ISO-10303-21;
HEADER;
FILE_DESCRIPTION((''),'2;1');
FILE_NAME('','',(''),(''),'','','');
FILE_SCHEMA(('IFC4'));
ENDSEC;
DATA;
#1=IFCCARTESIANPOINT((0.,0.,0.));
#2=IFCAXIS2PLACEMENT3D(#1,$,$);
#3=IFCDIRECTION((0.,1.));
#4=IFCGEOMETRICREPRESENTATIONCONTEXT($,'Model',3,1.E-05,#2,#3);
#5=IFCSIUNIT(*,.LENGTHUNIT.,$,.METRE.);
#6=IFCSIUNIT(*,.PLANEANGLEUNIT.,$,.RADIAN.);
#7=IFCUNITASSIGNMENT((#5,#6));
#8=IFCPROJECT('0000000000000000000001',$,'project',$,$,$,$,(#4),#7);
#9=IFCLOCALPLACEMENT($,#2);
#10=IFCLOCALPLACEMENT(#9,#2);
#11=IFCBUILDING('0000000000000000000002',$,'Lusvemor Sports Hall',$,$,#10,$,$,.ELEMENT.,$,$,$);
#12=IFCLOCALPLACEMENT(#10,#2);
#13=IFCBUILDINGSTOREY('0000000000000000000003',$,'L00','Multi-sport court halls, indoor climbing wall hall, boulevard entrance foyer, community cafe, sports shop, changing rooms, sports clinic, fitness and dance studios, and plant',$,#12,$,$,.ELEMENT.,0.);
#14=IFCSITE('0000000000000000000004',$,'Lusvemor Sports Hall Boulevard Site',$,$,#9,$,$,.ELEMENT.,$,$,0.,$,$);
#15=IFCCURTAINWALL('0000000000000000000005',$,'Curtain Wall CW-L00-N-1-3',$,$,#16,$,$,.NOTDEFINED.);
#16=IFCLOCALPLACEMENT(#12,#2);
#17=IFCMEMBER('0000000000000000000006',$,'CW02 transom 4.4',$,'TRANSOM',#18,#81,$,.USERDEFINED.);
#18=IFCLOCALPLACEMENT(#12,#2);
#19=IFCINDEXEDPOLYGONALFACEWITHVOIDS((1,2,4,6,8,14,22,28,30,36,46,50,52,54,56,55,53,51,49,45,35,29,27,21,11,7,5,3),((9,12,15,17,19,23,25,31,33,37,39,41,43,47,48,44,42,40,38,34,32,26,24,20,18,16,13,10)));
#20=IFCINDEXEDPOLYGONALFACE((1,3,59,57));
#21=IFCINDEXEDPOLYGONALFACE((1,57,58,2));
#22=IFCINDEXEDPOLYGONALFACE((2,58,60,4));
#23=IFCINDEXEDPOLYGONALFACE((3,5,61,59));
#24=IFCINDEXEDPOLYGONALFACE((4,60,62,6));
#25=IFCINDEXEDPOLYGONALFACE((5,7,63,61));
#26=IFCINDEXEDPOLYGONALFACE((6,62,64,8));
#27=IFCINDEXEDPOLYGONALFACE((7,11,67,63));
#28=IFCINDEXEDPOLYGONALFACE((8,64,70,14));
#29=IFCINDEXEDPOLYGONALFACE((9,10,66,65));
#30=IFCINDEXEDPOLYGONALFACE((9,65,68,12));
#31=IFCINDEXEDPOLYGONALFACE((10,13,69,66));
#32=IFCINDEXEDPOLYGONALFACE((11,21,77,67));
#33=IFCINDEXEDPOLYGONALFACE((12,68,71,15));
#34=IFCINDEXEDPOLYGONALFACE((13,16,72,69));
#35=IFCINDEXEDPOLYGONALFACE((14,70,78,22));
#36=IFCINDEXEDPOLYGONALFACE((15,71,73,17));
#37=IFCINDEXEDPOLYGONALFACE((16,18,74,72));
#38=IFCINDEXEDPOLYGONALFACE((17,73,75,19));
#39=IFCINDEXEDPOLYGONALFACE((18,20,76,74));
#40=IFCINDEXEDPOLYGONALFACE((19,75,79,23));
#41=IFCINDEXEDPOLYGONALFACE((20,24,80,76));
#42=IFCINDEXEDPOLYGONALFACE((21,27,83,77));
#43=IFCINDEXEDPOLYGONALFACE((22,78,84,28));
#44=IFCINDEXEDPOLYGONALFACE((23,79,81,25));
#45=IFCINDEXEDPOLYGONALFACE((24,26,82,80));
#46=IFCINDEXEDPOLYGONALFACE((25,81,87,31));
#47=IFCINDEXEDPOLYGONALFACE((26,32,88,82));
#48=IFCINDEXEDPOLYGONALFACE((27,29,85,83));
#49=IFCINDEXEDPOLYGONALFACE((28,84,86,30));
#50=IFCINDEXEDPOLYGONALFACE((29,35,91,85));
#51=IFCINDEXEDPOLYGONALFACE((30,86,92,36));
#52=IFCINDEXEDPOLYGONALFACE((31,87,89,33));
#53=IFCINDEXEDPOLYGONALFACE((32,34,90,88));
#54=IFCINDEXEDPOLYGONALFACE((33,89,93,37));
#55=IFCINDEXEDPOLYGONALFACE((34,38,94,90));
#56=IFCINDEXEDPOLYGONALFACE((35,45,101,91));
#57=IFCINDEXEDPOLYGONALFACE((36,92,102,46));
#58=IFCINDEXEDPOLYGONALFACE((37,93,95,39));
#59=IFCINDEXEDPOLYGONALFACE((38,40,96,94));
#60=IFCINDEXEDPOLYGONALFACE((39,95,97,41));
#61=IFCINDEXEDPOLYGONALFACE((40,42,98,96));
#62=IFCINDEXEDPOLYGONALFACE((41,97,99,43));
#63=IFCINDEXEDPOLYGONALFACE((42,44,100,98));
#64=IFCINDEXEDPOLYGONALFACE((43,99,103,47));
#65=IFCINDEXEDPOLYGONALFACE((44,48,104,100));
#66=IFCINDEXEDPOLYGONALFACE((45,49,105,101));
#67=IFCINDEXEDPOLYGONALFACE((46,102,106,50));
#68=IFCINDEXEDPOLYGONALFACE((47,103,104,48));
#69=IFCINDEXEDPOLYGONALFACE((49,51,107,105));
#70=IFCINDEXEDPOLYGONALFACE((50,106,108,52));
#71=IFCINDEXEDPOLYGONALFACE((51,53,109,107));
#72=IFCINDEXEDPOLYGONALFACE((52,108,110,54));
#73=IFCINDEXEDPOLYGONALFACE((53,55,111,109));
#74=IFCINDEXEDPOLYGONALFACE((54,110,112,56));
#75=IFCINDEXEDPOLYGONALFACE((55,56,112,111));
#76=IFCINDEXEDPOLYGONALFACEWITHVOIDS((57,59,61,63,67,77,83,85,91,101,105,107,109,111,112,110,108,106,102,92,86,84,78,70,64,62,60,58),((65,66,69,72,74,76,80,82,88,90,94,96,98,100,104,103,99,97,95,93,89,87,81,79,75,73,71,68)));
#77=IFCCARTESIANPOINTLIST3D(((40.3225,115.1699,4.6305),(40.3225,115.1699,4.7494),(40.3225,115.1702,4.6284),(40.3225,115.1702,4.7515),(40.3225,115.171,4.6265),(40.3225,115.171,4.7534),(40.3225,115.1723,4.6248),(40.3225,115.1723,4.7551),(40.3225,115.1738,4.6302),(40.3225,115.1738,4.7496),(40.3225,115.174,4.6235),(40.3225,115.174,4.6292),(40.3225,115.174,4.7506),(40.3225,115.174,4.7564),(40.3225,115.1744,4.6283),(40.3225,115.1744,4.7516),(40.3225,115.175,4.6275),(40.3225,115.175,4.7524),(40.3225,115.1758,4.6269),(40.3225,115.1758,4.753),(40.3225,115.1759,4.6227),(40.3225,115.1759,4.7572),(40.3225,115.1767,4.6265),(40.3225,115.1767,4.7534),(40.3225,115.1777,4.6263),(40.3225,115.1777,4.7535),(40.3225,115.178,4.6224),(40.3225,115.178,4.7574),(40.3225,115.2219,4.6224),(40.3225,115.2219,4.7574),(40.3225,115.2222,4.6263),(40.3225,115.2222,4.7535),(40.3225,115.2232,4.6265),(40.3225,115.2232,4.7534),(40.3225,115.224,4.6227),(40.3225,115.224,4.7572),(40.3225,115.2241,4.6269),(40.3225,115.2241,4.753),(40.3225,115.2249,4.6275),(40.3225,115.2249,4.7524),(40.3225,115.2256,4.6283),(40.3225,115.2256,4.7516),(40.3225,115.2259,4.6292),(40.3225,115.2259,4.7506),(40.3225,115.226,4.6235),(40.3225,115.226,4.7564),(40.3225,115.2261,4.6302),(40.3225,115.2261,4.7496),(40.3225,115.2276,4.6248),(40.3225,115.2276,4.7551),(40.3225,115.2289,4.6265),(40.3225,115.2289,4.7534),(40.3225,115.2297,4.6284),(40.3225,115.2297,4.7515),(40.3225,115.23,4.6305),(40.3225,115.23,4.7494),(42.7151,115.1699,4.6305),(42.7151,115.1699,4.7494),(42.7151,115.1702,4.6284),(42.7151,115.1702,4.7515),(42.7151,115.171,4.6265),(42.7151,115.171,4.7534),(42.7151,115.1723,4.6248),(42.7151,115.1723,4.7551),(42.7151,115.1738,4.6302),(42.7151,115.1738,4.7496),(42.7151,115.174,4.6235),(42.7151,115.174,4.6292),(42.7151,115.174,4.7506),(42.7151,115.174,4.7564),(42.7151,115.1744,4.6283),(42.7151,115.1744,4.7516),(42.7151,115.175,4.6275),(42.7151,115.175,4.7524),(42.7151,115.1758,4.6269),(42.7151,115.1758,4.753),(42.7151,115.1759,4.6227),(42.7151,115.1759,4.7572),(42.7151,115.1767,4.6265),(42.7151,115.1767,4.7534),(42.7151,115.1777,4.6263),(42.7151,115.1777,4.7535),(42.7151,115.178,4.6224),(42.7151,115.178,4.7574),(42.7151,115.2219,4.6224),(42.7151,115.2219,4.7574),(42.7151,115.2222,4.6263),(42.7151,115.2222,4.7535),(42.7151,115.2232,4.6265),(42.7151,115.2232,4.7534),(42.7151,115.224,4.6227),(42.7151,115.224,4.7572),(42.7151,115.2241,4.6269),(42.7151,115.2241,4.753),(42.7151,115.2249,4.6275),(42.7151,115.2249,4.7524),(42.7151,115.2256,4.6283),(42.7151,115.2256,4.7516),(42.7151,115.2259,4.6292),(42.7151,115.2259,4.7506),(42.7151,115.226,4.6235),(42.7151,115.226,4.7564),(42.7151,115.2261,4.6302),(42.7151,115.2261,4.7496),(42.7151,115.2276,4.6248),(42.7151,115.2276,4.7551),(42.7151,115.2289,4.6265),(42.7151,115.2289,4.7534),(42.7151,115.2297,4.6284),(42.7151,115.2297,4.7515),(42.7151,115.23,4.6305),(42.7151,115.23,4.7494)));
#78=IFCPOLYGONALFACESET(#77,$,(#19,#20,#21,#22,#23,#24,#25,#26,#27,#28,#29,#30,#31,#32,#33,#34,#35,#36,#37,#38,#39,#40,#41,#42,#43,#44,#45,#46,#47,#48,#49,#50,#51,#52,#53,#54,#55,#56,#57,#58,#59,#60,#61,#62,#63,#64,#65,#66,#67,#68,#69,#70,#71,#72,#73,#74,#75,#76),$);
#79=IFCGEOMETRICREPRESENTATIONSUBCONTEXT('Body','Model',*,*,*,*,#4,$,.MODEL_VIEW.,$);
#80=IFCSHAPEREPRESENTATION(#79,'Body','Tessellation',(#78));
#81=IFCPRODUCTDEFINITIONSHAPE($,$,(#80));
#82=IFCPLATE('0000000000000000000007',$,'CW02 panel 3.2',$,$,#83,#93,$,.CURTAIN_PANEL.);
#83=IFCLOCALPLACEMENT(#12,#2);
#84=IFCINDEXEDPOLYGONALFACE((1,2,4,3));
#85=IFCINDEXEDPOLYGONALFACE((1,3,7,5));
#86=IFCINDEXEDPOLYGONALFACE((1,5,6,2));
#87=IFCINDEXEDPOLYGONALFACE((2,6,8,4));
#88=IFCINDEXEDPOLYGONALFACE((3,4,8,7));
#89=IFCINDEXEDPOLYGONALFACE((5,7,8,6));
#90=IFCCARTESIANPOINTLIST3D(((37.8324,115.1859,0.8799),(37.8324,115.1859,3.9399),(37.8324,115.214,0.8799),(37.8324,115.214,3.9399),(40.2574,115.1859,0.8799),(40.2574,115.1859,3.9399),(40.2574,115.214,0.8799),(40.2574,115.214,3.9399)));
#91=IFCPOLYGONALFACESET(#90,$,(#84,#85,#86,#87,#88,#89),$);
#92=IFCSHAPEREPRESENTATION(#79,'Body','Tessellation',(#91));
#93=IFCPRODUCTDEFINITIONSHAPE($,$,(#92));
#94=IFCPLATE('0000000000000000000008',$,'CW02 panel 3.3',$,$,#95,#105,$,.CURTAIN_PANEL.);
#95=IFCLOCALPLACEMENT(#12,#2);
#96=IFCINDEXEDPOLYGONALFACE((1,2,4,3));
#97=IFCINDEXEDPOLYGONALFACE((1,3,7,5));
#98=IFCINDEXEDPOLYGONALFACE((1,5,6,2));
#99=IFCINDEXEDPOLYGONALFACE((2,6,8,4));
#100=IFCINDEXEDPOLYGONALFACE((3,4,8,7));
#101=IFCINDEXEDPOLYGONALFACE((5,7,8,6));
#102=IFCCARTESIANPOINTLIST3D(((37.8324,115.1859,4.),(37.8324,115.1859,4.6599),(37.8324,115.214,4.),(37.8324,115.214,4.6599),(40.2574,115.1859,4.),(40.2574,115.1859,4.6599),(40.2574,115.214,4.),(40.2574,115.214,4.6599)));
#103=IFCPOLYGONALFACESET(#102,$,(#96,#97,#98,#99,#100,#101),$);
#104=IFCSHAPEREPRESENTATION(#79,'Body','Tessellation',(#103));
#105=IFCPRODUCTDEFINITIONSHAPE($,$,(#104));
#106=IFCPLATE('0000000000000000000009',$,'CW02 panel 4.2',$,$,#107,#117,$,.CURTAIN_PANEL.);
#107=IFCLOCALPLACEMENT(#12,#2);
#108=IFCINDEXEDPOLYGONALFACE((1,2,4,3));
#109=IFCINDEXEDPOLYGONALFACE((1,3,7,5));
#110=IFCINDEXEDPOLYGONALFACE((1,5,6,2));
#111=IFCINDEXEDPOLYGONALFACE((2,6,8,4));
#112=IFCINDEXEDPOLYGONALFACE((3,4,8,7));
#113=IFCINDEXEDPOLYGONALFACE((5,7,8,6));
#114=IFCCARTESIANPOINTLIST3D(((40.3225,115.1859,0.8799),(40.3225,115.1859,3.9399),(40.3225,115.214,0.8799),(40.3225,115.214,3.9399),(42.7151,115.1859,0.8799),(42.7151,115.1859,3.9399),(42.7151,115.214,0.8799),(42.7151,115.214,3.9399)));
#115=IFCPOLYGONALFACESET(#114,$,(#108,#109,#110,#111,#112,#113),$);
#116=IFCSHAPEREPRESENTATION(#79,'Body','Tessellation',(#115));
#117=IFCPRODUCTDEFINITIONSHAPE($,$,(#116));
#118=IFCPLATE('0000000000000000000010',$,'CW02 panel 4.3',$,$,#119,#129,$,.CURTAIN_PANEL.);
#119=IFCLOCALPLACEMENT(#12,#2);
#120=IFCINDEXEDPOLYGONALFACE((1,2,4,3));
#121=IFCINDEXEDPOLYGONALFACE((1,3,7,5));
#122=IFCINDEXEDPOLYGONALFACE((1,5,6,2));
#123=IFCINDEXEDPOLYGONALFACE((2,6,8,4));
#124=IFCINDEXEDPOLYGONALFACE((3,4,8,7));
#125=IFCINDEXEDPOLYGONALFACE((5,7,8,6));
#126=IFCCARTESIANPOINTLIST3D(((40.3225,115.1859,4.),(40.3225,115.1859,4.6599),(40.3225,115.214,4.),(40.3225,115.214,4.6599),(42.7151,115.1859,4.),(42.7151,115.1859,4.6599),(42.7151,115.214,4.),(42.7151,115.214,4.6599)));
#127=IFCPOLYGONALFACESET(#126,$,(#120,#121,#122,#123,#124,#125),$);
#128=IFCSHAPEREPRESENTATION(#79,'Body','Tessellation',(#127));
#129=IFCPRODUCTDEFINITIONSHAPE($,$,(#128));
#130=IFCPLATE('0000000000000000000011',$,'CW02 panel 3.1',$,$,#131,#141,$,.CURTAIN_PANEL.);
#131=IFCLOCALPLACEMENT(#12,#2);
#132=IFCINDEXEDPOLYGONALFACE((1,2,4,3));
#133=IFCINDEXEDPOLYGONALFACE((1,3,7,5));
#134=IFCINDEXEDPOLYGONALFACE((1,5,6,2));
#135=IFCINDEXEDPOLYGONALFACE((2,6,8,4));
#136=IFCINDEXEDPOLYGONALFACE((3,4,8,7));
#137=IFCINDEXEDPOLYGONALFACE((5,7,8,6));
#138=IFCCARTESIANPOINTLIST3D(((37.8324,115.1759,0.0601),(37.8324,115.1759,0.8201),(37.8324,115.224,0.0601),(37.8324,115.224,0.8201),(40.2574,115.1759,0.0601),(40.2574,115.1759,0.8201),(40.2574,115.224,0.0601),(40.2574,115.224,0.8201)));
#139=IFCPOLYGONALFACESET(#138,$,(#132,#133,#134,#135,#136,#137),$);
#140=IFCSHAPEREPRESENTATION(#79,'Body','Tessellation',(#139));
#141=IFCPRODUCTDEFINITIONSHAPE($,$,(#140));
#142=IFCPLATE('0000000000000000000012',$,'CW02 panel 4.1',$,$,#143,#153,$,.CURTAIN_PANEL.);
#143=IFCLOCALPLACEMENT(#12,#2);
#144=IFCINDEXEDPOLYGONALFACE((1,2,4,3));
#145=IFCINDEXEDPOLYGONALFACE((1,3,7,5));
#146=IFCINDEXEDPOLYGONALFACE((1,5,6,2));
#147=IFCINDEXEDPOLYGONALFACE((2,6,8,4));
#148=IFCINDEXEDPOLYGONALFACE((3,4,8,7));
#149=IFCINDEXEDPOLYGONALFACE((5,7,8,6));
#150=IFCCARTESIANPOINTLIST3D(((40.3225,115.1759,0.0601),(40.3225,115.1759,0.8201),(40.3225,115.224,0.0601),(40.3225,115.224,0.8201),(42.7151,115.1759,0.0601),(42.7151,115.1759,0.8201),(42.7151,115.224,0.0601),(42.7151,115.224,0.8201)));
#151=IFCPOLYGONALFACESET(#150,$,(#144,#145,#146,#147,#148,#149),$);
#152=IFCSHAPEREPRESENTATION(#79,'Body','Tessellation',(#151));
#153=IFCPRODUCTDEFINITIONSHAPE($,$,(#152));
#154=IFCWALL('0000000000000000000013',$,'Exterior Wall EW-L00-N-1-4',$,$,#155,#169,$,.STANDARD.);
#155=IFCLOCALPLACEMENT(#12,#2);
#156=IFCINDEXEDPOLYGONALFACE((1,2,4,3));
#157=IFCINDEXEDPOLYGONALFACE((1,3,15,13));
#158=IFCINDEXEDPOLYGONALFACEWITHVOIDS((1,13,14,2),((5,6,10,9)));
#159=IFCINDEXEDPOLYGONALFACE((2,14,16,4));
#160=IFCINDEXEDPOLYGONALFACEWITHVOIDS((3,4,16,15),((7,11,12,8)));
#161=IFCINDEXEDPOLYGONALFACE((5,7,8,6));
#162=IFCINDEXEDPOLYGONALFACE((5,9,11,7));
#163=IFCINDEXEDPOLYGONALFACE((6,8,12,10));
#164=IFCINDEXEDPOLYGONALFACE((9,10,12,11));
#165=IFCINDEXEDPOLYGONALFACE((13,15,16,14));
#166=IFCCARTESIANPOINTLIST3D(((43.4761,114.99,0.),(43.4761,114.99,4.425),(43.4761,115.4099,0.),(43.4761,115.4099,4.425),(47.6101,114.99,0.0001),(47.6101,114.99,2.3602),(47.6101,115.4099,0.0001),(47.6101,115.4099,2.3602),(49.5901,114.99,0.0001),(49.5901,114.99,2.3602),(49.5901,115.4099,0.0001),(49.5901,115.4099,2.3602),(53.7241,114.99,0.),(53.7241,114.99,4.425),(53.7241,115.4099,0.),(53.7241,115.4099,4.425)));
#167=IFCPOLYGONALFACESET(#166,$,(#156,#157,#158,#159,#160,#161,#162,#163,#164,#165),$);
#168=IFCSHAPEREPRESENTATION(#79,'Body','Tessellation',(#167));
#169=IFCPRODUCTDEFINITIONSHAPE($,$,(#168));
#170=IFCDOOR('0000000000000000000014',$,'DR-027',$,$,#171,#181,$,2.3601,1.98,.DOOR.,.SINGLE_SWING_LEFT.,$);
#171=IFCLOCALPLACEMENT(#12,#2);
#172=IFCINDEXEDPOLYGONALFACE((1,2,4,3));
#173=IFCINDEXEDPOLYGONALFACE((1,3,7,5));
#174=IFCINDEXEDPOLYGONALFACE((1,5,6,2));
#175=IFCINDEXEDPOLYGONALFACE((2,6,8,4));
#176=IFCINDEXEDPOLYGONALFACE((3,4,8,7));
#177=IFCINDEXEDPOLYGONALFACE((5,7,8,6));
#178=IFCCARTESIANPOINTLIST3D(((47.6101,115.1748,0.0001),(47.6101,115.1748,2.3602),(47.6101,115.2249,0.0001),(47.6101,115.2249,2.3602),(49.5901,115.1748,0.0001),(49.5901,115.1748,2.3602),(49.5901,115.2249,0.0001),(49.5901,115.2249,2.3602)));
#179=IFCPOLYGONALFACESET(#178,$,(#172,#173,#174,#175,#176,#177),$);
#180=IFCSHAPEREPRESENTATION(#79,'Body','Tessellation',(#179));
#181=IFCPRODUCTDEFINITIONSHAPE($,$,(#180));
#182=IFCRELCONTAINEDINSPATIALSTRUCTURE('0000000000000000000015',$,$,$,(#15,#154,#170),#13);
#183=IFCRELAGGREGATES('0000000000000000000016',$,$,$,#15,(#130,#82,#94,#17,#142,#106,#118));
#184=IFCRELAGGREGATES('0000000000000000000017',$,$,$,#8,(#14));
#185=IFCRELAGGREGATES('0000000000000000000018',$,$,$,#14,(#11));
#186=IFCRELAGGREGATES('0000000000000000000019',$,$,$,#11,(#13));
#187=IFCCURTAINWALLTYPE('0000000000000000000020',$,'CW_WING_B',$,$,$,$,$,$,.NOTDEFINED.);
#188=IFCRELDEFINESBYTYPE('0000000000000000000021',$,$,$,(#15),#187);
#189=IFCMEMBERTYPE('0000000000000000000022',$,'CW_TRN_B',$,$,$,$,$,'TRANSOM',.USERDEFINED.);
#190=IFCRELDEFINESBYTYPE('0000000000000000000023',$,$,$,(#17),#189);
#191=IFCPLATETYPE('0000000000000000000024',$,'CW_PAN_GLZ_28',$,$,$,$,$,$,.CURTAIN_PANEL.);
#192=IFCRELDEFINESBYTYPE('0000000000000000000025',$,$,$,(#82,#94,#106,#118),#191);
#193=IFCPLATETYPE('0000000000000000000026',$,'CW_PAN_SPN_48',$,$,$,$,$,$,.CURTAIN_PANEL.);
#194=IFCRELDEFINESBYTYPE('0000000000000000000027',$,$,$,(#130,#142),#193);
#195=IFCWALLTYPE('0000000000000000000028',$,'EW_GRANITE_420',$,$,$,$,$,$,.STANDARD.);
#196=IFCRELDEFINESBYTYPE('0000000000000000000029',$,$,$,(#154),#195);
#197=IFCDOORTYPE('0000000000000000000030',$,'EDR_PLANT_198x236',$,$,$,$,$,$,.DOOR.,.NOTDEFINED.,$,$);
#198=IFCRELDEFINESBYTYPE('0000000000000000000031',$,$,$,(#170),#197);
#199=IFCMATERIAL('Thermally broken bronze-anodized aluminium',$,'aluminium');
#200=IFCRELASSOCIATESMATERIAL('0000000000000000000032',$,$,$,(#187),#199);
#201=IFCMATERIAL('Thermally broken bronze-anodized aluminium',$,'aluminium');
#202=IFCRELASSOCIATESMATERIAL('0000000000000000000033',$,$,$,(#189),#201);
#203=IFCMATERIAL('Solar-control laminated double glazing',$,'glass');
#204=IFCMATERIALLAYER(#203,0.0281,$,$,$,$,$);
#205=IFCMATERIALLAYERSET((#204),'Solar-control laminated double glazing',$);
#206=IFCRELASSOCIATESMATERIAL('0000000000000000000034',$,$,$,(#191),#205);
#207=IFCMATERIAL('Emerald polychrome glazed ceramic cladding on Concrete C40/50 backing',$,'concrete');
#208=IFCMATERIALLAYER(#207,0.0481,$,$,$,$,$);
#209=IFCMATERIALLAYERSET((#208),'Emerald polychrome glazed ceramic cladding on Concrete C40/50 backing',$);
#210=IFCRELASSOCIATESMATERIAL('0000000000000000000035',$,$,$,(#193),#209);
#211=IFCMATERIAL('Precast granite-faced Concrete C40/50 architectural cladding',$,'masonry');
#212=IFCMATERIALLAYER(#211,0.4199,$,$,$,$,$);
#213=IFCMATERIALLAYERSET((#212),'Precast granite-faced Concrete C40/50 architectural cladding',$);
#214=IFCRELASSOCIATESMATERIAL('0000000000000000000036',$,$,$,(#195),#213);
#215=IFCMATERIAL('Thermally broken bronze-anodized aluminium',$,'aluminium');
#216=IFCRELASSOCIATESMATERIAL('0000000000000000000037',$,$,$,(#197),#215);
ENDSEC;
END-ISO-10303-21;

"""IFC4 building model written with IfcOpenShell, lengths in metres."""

from ifc_helpers import new_model, si_unit, direction, frame, frame_2d, origin, origin_2d, place, context, subcontext, project, spatial, rectangle, hollow_rectangle, extrude, material, layer, layer_set, material_profile, profile_set, type_object, element, fill, aggregate, save


model = new_model("IFC4")

# Units and contexts
model_context = context("Model", 3, precision=1e-05, world=origin(), true_north=direction((0.0, 1.0)))
body_context = subcontext(model_context, "Body", "Model", "MODEL_VIEW")
ifc_project = project(units=[si_unit("LENGTHUNIT", "METRE"), si_unit("PLANEANGLEUNIT", "RADIAN")], contexts=[model_context])

# Site, building, storey
site_placement = place(None, origin())
site = spatial("IfcSite", under=ifc_project, at=site_placement, Name="Lusvemor Sports Hall Boulevard Site", CompositionType="ELEMENT", RefElevation=0.0)
building_placement = place(site_placement, origin())
building = spatial("IfcBuilding", under=site, at=building_placement, Name="Lusvemor Sports Hall", CompositionType="ELEMENT")
storey_placement = place(building_placement, origin())
storey = spatial("IfcBuildingStorey", under=building, at=storey_placement, Name="L00", Description="Multi-sport court halls, indoor climbing wall hall, boulevard entrance foyer, community cafe, sports shop, changing rooms, sports clinic, fitness and dance studios, and plant", CompositionType="ELEMENT", Elevation=0.0)

# Curtain wall, member, plates
ifc_material_1 = material(Name="Thermally broken bronze-anodized aluminium", Category="aluminium")
curtain_wall_type = type_object("IfcCurtainWallType", Name="CW_WING_B", PredefinedType="NOTDEFINED", material=ifc_material_1)
curtain_wall_placement = place(storey_placement, origin())
curtain_wall = element("IfcCurtainWall", 1, at=curtain_wall_placement, inside=storey, type_object=curtain_wall_type, Name="Curtain Wall CW-L00-N-1-3", PredefinedType="NOTDEFINED")
ifc_material_2 = material(Name="Thermally broken bronze-anodized aluminium", Category="aluminium")
ifc_material_profile_1 = material_profile(ifc_material_2, hollow_rectangle(XDim=0.0601, YDim=0.135, WallThickness=0.0039, InnerFilletRadius=0.0039, OuterFilletRadius=0.0081, at=origin_2d()), Name="CWTRN135x60x4")
ifc_profile_set_1 = profile_set([ifc_material_profile_1], Name="Thermally broken bronze-anodized aluminium")
member_type_1 = type_object("IfcMemberType", Name="CW_TRN_B", ElementType="TRANSOM", PredefinedType="USERDEFINED", material=ifc_profile_set_1)
member_1_placement = place(storey_placement, frame((40.3225, 115.2, 4.6899), z_axis=(1.0, 0.0, 0.0), x_axis=(0.0, 1.0, 0.0)))
member_1 = element("IfcMember", 2, at=member_1_placement, type_object=member_type_1, Name="CW02 transom 4.4", ObjectType="TRANSOM", PredefinedType="USERDEFINED", context=body_context, shape_type="SweptSolid", body=[
    extrude(hollow_rectangle(XDim=0.0601, YDim=0.135, WallThickness=0.0039, InnerFilletRadius=0.0039, OuterFilletRadius=0.0081, at=origin_2d()), origin(), (0.0, 0.0, 1.0), 2.3926),
])
ifc_material_3 = material(Name="Solar-control laminated double glazing", Category="glass")
ifc_layer_1 = layer(ifc_material_3, 0.0281)
ifc_layer_set_1 = layer_set([ifc_layer_1], Name="Solar-control laminated double glazing")
plate_type_1 = type_object("IfcPlateType", Name="CW_PAN_GLZ_28", PredefinedType="CURTAIN_PANEL", material=ifc_layer_set_1)
plate_1_placement = place(storey_placement, frame((39.0449, 115.2, 0.8799), z_axis=(0.0, 0.0, 1.0), x_axis=(1.0, 0.0, 0.0)))
plate_1 = element("IfcPlate", 3, at=plate_1_placement, type_object=plate_type_1, Name="CW02 panel 3.2", PredefinedType="CURTAIN_PANEL", context=body_context, shape_type="SweptSolid", body=[
    extrude(rectangle(XDim=2.425, YDim=0.0281, at=origin_2d()), origin(), (0.0, 0.0, 1.0), 3.0601),
])
plate_2_placement = place(storey_placement, frame((39.0449, 115.2, 4.0), z_axis=(0.0, 0.0, 1.0), x_axis=(1.0, 0.0, 0.0)))
plate_2 = element("IfcPlate", 4, at=plate_2_placement, type_object=plate_type_1, Name="CW02 panel 3.3", PredefinedType="CURTAIN_PANEL", context=body_context, shape_type="SweptSolid", body=[
    extrude(rectangle(XDim=2.425, YDim=0.0281, at=origin_2d()), origin(), (0.0, 0.0, 1.0), 0.6599),
])
plate_3_placement = place(storey_placement, frame((41.5188, 115.2, 0.8799), z_axis=(0.0, 0.0, 1.0), x_axis=(1.0, 0.0, 0.0)))
plate_3 = element("IfcPlate", 5, at=plate_3_placement, type_object=plate_type_1, Name="CW02 panel 4.2", PredefinedType="CURTAIN_PANEL", context=body_context, shape_type="SweptSolid", body=[
    extrude(rectangle(XDim=2.3926, YDim=0.0281, at=origin_2d()), origin(), (0.0, 0.0, 1.0), 3.0601),
])
plate_4_placement = place(storey_placement, frame((41.5188, 115.2, 4.0), z_axis=(0.0, 0.0, 1.0), x_axis=(1.0, 0.0, 0.0)))
plate_4 = element("IfcPlate", 6, at=plate_4_placement, type_object=plate_type_1, Name="CW02 panel 4.3", PredefinedType="CURTAIN_PANEL", context=body_context, shape_type="SweptSolid", body=[
    extrude(rectangle(XDim=2.3926, YDim=0.0281, at=origin_2d()), origin(), (0.0, 0.0, 1.0), 0.6599),
])
ifc_material_4 = material(Name="Emerald polychrome glazed ceramic cladding on Concrete C40/50 backing", Category="concrete")
ifc_layer_2 = layer(ifc_material_4, 0.0481)
ifc_layer_set_2 = layer_set([ifc_layer_2], Name="Emerald polychrome glazed ceramic cladding on Concrete C40/50 backing")
plate_type_2 = type_object("IfcPlateType", Name="CW_PAN_SPN_48", PredefinedType="CURTAIN_PANEL", material=ifc_layer_set_2)
plate_5_placement = place(storey_placement, frame((39.0449, 115.2, 0.0601), z_axis=(0.0, 0.0, 1.0), x_axis=(1.0, 0.0, 0.0)))
plate_5 = element("IfcPlate", 7, at=plate_5_placement, type_object=plate_type_2, Name="CW02 panel 3.1", PredefinedType="CURTAIN_PANEL", context=body_context, shape_type="SweptSolid", body=[
    extrude(rectangle(XDim=2.425, YDim=0.0481, at=origin_2d()), origin(), (0.0, 0.0, 1.0), 0.76),
])
plate_6_placement = place(storey_placement, frame((41.5188, 115.2, 0.0601), z_axis=(0.0, 0.0, 1.0), x_axis=(1.0, 0.0, 0.0)))
plate_6 = element("IfcPlate", 8, at=plate_6_placement, type_object=plate_type_2, Name="CW02 panel 4.1", PredefinedType="CURTAIN_PANEL", context=body_context, shape_type="SweptSolid", body=[
    extrude(rectangle(XDim=2.3926, YDim=0.0481, at=origin_2d()), origin(), (0.0, 0.0, 1.0), 0.76),
])
aggregate(curtain_wall, [plate_5, plate_1, plate_2, member_1, plate_6, plate_3, plate_4])

# Wall, opening, door
ifc_material_5 = material(Name="Precast granite-faced Concrete C40/50 architectural cladding", Category="masonry")
ifc_layer_3 = layer(ifc_material_5, 0.4199)
ifc_layer_set_3 = layer_set([ifc_layer_3], Name="Precast granite-faced Concrete C40/50 architectural cladding")
wall_type = type_object("IfcWallType", Name="EW_GRANITE_420", PredefinedType="STANDARD", material=ifc_layer_set_3)
wall_placement = place(storey_placement, frame((43.4761, 115.2, 0.0), z_axis=(0.0, 0.0, 1.0), x_axis=(1.0, 0.0, 0.0)))
wall = element("IfcWall", 9, at=wall_placement, inside=storey, type_object=wall_type, Name="Exterior Wall EW-L00-N-1-4", PredefinedType="STANDARD", context=body_context, shape_type="SweptSolid", body=[
    extrude(rectangle(XDim=10.248, YDim=0.4199, at=frame_2d((5.124, 0.0))), origin(), (0.0, 0.0, 1.0), 4.425),
])
opening_placement = place(wall_placement, frame((4.134, 0.0, 0.0)))
opening = element("IfcOpeningElement", 10, at=opening_placement, cuts=wall, PredefinedType="OPENING", context=body_context, shape_type="SweptSolid", body=[
    extrude(rectangle(XDim=1.98, YDim=2.3601, at=frame_2d((0.99, 1.1802))), frame((0.0, 0.21, 0.0), z_axis=(0.0, -1.0, 0.0), x_axis=(1.0, 0.0, 0.0)), (0.0, 0.0, 1.0), 0.4199),
])
ifc_material_6 = material(Name="Thermally broken bronze-anodized aluminium", Category="aluminium")
door_type = type_object("IfcDoorType", Name="EDR_PLANT_198x236", OperationType="NOTDEFINED", PredefinedType="DOOR", material=ifc_material_6)
door_placement = place(opening_placement, origin())
door = element("IfcDoor", 11, at=door_placement, inside=storey, type_object=door_type, Name="DR-027", OperationType="SINGLE_SWING_LEFT", OverallHeight=2.3601, OverallWidth=1.98, PredefinedType="DOOR", context=body_context, shape_type="SweptSolid", body=[
    extrude(rectangle(XDim=1.98, YDim=2.3601, at=frame_2d((0.99, 1.1802))), frame((0.0, 0.0249, 0.0), z_axis=(0.0, -1.0, 0.0), x_axis=(1.0, 0.0, 0.0)), (0.0, 0.0, 1.0), 0.05),
])
fill(opening, door)

save(model, "model.ifc")
